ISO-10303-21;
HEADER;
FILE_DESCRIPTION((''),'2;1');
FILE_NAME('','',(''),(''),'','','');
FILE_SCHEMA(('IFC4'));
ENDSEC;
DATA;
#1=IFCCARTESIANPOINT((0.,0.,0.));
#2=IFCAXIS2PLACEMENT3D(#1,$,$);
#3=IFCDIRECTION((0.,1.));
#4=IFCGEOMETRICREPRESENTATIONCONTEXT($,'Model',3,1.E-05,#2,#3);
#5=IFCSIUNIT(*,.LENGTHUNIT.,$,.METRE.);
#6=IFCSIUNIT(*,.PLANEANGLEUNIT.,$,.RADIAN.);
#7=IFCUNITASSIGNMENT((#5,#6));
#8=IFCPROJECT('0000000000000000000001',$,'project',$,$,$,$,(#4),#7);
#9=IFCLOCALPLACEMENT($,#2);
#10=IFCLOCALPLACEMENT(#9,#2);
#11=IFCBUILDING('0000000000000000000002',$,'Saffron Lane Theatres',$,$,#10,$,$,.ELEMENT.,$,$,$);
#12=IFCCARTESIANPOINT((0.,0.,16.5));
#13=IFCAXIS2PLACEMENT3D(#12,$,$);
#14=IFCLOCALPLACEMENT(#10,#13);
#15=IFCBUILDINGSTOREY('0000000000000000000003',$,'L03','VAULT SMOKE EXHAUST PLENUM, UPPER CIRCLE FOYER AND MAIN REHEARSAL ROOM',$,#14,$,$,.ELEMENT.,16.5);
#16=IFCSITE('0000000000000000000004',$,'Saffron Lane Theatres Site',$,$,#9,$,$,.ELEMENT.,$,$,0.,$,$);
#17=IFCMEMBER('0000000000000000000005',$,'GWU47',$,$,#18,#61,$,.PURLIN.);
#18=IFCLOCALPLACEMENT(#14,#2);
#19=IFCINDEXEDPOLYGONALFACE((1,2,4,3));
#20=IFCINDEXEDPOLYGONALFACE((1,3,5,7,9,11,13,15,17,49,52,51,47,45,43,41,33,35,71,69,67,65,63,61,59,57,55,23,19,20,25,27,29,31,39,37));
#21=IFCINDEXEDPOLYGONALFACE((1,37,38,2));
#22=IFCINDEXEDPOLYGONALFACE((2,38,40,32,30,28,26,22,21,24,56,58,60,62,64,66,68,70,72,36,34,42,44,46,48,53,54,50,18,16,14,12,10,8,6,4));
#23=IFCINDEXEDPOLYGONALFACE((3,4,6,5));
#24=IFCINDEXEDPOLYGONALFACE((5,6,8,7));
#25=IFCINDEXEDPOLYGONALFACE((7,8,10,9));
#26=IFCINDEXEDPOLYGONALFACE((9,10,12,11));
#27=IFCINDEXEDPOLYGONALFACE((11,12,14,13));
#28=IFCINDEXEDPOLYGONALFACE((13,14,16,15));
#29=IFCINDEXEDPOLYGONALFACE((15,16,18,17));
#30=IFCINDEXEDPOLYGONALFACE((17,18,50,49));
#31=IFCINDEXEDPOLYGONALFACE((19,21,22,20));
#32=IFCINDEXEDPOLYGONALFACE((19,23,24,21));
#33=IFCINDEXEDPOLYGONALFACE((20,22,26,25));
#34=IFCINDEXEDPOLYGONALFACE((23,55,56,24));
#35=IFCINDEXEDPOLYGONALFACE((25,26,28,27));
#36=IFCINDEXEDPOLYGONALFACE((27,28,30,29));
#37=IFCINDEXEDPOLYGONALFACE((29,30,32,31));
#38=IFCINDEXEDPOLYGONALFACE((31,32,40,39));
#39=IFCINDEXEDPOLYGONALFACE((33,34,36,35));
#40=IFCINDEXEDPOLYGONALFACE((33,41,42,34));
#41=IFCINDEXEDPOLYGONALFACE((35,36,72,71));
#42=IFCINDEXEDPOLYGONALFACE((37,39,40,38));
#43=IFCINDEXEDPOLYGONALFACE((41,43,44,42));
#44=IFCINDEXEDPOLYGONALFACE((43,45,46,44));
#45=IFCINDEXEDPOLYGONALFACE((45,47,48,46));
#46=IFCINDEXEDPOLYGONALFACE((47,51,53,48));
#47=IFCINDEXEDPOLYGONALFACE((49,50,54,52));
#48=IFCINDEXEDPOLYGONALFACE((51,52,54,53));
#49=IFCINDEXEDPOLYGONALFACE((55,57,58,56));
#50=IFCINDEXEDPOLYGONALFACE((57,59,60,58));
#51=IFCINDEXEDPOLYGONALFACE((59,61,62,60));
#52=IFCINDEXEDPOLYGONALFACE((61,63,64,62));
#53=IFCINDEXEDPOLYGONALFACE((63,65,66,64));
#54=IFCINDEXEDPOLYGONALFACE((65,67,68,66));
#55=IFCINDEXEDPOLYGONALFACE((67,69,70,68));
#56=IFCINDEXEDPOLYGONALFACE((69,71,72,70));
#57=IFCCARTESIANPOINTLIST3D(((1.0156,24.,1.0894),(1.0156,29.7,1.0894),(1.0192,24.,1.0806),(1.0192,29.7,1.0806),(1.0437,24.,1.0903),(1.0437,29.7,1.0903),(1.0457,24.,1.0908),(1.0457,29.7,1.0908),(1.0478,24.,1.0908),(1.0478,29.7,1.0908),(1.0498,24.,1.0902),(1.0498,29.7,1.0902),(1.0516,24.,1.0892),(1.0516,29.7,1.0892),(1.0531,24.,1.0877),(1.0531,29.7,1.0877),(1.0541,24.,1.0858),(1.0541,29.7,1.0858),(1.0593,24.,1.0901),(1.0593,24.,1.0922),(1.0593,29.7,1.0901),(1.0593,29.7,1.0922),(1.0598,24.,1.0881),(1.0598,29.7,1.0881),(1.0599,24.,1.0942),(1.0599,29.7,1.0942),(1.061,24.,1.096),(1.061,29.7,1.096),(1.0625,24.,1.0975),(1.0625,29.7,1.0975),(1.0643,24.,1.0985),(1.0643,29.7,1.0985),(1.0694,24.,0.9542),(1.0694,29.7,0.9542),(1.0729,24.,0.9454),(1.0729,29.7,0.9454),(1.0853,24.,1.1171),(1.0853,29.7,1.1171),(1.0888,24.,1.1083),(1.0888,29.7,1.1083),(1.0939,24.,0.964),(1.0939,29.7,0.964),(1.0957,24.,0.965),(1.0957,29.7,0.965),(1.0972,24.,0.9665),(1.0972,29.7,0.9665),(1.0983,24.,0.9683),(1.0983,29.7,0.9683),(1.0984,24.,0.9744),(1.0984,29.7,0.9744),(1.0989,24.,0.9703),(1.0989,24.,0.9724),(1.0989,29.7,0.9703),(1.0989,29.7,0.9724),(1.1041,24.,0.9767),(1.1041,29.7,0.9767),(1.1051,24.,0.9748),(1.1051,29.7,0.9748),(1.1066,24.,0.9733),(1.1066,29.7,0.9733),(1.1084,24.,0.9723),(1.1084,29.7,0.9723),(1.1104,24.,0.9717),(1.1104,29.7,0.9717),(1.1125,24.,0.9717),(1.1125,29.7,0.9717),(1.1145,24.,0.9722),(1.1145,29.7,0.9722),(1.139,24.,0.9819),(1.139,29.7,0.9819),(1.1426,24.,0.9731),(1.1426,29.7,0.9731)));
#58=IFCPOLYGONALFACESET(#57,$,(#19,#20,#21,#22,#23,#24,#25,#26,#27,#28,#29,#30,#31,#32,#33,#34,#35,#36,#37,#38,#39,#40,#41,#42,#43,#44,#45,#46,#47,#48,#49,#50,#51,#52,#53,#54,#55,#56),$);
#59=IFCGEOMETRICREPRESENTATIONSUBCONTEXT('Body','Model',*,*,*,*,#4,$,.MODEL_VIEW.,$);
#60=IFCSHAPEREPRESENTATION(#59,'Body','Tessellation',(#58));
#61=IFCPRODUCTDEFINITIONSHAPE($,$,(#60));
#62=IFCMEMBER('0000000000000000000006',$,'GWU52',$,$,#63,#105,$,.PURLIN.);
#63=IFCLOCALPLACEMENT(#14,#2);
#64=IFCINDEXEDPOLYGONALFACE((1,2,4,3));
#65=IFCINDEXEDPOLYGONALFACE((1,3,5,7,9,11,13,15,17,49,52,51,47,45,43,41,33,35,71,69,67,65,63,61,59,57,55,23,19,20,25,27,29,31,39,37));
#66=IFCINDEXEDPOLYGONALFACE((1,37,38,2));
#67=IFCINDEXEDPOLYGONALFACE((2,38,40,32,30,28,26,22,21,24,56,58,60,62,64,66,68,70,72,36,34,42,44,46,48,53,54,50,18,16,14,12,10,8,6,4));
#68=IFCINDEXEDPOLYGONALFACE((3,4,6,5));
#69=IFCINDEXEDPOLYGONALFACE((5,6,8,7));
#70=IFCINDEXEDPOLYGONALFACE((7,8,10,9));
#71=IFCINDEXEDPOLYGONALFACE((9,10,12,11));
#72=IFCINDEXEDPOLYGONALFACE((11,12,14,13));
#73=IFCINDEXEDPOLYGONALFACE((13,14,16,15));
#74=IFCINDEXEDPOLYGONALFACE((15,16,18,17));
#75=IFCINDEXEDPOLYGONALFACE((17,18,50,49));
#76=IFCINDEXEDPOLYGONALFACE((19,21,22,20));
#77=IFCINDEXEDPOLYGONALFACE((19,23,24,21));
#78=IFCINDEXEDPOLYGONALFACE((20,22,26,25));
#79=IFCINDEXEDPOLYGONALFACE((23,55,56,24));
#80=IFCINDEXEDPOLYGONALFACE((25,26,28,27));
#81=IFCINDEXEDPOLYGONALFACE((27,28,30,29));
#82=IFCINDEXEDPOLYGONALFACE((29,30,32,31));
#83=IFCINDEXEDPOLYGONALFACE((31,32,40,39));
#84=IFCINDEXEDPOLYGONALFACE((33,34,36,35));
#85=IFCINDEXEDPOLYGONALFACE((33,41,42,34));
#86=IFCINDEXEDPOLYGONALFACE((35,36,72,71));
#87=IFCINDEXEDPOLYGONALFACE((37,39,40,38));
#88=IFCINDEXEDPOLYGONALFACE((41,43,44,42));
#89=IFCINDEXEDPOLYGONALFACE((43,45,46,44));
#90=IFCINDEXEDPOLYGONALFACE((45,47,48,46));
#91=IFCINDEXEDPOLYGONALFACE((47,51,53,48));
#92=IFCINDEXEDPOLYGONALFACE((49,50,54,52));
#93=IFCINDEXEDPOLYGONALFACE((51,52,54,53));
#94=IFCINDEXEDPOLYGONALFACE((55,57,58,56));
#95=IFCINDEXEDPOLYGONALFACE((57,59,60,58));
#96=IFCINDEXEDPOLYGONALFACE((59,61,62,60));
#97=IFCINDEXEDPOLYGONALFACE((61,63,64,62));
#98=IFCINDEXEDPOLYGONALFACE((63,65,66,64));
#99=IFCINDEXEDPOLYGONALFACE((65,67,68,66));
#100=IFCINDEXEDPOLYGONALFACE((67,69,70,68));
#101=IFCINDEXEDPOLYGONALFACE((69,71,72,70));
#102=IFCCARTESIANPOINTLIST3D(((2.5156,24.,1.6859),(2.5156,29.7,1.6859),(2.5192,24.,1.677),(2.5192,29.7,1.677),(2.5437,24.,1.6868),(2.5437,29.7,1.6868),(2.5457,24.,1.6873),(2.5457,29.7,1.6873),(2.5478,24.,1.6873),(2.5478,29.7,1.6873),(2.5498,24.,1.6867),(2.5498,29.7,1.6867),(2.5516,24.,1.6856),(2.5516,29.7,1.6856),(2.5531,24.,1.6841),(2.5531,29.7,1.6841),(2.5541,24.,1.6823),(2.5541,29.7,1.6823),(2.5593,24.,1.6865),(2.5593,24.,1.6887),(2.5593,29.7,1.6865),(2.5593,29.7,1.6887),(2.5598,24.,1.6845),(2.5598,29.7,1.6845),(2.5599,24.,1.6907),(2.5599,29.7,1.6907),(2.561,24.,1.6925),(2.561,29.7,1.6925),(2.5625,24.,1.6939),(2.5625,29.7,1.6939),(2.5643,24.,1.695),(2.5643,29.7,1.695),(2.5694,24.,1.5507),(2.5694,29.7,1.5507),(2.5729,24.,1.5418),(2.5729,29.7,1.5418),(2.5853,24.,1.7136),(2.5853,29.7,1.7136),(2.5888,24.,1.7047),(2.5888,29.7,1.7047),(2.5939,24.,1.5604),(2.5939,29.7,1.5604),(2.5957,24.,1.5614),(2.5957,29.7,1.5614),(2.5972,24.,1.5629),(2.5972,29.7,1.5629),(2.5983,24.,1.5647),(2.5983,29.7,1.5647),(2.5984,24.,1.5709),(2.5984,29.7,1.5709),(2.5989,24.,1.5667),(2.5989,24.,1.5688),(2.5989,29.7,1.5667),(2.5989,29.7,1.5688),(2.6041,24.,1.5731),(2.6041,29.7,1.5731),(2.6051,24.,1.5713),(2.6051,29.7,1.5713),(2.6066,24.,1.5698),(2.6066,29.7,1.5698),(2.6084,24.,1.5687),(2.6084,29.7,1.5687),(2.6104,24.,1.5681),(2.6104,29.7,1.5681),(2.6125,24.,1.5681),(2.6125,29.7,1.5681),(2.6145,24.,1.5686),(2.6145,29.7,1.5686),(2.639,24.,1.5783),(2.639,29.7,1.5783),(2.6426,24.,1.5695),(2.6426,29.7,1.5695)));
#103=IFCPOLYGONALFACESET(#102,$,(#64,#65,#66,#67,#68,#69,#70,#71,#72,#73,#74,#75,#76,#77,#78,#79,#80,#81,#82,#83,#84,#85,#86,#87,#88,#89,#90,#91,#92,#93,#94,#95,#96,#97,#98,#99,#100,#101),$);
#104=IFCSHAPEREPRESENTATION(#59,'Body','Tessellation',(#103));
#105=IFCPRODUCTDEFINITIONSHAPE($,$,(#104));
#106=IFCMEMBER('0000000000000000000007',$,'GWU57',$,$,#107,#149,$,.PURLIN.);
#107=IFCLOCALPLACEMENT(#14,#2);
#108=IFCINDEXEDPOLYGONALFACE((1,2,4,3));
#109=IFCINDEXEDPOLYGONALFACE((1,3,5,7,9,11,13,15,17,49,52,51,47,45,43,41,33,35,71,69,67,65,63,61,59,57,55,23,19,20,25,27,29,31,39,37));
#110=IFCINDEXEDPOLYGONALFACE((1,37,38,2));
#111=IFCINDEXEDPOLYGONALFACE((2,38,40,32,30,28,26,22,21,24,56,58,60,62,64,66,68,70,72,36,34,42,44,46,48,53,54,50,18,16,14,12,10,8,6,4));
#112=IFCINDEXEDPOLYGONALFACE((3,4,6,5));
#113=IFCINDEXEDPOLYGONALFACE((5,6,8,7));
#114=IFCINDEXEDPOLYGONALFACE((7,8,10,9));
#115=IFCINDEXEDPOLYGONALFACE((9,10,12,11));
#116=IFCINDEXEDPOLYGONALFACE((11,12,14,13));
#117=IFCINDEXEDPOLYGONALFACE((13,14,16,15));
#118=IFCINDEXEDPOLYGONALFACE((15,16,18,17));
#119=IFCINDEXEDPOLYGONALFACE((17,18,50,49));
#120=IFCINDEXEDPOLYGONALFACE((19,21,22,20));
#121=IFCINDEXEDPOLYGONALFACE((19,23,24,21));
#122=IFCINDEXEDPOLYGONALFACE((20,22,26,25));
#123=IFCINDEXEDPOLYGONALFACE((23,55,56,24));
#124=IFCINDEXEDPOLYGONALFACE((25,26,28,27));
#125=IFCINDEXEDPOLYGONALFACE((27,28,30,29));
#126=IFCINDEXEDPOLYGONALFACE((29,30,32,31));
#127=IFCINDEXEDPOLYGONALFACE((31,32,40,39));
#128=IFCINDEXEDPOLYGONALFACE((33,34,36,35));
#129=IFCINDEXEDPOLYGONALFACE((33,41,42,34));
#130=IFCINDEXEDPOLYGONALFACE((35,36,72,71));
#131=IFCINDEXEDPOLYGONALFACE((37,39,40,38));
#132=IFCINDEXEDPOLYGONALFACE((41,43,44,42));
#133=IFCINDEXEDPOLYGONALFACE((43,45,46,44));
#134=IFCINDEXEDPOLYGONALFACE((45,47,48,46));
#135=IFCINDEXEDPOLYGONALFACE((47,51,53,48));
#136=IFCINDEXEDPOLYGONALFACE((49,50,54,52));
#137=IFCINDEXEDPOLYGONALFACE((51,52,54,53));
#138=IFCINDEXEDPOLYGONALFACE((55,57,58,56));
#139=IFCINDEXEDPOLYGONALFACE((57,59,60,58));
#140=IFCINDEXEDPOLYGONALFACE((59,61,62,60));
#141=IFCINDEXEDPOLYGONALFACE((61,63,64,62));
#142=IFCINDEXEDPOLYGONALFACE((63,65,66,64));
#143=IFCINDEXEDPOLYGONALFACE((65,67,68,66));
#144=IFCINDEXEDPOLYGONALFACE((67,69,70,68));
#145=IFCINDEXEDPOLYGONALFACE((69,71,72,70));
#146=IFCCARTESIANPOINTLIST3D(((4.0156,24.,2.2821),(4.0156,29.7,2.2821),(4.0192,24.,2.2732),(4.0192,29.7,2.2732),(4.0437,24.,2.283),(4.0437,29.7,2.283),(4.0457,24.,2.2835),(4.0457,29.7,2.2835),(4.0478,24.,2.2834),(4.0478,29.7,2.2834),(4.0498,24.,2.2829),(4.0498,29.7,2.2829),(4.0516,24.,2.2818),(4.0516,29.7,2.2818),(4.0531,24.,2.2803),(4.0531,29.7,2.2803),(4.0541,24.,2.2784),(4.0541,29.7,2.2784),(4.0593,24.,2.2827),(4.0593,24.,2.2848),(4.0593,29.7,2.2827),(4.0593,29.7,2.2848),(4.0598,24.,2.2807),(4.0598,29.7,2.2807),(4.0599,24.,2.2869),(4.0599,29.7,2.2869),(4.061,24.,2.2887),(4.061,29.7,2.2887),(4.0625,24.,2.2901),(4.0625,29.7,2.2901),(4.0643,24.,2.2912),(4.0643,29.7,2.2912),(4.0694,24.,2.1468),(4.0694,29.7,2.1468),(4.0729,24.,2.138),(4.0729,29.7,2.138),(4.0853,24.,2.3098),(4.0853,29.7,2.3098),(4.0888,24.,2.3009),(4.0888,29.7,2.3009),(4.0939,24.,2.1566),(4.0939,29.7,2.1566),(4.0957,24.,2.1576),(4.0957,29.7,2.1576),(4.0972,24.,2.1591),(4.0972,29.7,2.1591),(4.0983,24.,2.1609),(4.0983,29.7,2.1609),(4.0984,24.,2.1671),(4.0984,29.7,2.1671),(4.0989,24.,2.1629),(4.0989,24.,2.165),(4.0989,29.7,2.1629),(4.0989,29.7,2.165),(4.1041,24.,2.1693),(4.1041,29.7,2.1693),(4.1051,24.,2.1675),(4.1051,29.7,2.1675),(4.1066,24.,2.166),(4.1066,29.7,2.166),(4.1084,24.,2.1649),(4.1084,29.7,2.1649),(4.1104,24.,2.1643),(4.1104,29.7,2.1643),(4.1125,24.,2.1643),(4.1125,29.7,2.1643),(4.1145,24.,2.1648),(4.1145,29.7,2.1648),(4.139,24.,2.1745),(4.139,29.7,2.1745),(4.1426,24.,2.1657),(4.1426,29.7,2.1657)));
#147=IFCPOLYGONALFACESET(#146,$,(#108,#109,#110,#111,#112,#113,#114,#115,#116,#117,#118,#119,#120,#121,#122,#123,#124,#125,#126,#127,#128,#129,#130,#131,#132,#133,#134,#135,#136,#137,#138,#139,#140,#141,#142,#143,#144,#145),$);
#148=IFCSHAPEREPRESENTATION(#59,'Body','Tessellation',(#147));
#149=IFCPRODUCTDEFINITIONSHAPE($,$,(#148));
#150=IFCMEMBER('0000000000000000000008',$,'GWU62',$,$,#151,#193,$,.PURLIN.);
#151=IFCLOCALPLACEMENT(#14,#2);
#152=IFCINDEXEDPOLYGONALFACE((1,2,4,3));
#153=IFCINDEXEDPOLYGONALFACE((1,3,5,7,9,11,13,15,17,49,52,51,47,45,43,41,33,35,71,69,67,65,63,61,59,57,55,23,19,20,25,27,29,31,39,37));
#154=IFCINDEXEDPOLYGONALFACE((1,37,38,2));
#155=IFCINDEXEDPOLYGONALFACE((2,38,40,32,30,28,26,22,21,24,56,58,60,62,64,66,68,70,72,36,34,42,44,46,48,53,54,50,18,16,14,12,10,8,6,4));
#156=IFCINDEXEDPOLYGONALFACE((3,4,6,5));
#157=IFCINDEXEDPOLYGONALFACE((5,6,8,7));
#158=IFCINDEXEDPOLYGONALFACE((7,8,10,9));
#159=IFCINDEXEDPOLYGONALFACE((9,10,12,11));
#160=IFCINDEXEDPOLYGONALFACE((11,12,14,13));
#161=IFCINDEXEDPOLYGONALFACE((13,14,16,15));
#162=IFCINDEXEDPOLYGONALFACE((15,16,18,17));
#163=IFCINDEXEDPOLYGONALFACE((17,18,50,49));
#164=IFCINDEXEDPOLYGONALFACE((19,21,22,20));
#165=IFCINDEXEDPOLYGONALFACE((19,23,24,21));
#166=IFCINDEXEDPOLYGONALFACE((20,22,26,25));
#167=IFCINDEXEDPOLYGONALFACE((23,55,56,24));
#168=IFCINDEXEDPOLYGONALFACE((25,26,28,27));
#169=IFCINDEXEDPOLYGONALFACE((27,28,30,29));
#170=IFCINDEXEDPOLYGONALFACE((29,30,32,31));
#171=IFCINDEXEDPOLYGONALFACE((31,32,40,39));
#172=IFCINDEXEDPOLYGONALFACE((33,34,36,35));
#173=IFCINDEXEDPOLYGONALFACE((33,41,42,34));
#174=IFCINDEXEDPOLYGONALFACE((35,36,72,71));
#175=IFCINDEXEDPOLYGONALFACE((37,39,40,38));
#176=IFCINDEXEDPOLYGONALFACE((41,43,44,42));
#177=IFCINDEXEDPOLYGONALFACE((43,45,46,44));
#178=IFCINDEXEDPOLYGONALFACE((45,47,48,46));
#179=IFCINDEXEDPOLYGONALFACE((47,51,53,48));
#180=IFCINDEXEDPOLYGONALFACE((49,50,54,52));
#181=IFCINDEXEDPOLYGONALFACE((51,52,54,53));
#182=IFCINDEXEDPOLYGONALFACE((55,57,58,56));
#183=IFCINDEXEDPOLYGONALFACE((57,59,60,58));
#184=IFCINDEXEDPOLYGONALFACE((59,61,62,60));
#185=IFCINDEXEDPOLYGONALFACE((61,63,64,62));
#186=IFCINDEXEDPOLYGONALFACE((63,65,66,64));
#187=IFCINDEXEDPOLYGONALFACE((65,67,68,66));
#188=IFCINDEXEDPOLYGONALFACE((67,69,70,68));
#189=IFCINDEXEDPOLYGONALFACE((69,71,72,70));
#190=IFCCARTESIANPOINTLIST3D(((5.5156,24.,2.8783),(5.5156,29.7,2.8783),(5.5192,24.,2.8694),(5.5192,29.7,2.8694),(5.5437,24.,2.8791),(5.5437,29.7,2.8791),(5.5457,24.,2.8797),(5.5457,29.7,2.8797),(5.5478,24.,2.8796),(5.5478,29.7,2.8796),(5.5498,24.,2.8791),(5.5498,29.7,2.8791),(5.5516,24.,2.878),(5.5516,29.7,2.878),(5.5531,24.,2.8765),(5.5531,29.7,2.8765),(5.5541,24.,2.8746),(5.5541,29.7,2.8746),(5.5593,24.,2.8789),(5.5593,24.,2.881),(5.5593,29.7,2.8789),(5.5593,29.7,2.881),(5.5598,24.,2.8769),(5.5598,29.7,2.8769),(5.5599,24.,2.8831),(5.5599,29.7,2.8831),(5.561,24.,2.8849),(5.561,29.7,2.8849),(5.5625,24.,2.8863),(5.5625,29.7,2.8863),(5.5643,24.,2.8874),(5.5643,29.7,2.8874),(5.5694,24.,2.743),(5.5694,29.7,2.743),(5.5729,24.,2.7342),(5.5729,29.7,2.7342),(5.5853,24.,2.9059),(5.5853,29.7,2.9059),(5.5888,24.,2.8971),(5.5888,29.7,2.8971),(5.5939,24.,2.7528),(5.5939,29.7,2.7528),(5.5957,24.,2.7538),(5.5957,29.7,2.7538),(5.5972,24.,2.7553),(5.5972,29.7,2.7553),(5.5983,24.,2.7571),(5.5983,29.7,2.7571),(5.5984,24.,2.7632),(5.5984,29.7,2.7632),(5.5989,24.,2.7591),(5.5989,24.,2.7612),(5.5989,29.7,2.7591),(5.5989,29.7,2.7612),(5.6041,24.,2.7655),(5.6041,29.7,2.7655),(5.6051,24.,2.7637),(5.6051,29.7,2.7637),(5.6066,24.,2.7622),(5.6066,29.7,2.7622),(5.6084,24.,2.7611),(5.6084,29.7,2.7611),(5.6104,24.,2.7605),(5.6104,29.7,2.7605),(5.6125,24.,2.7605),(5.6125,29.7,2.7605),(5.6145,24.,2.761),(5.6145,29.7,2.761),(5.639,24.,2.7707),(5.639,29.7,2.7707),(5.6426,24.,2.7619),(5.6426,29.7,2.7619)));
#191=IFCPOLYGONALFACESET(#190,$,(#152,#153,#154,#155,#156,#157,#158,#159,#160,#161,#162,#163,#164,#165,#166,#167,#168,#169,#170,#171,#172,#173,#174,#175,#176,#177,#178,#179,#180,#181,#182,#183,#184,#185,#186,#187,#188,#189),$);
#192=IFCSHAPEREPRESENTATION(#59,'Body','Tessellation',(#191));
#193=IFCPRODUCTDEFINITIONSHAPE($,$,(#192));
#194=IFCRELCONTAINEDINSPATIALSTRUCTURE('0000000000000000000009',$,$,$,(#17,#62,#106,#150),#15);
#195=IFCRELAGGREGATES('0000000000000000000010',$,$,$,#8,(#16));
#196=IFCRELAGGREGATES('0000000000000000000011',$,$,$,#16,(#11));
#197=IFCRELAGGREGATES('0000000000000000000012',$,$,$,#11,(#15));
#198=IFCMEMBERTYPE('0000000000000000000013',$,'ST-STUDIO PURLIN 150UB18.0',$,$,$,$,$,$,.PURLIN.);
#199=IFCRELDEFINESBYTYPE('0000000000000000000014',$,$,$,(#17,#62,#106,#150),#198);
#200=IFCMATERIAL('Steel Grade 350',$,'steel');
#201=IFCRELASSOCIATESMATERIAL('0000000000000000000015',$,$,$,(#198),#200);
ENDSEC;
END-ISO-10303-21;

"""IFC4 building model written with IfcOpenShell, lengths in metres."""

from ifc_helpers import new_model, si_unit, direction, frame, origin, origin_2d, place, context, subcontext, project, spatial, i_section, extrude, material, material_profile, profile_set, type_object, element, save


model = new_model("IFC4")

# Units and contexts
model_context = context("Model", 3, precision=1e-05, world=origin(), true_north=direction((0.0, 1.0)))
body_context = subcontext(model_context, "Body", "Model", "MODEL_VIEW")
ifc_project = project(units=[si_unit("LENGTHUNIT", "METRE"), si_unit("PLANEANGLEUNIT", "RADIAN")], contexts=[model_context])

# Site, building, storey
site_placement = place(None, origin())
site = spatial("IfcSite", under=ifc_project, at=site_placement, Name="Saffron Lane Theatres Site", CompositionType="ELEMENT", RefElevation=0.0)
building_placement = place(site_placement, origin())
building = spatial("IfcBuilding", under=site, at=building_placement, Name="Saffron Lane Theatres", CompositionType="ELEMENT")
storey_placement = place(building_placement, frame((0.0, 0.0, 16.5)))
storey = spatial("IfcBuildingStorey", under=building, at=storey_placement, Name="L03", Description="VAULT SMOKE EXHAUST PLENUM, UPPER CIRCLE FOYER AND MAIN REHEARSAL ROOM", CompositionType="ELEMENT", Elevation=16.5)

# Members
ifc_material_1 = material(Name="Steel Grade 350", Category="steel")
ifc_material_profile_1 = material_profile(ifc_material_1, i_section(OverallWidth=0.075, OverallDepth=0.155, WebThickness=0.0061, FlangeThickness=0.0095, FilletRadius=0.0081, at=origin_2d()))
ifc_profile_set_1 = profile_set([ifc_material_profile_1], Name="Steel Grade 350")
member_type_1 = type_object("IfcMemberType", Name="ST-STUDIO PURLIN 150UB18.0", PredefinedType="PURLIN", material=ifc_profile_set_1)
for number, where, z_axis, x_axis, name in (
    (1, (1.0791, 24.0, 1.0312), (0.0, 1.0, 0.0), (-0.929273, 0.0, -0.369393), "GWU47"),
    (2, (2.5791, 24.0, 1.6277), (0.0, 1.0, 0.0), (-0.929273, 0.0, -0.369393), "GWU52"),
    (3, (4.0791, 24.0, 2.2239), (0.0, 1.0, 0.0), (-0.929273, 0.0, -0.369393), "GWU57"),
    (4, (5.5791, 24.0, 2.8201), (0.0, 1.0, 0.0), (-0.929273, 0.0, -0.369393), "GWU62"),
):
    element("IfcMember", number, at=place(storey_placement, frame(where, z_axis=z_axis, x_axis=x_axis)), inside=storey, type_object=member_type_1, Name=name, PredefinedType="PURLIN", context=body_context, shape_type="SweptSolid", body=[
        extrude(i_section(OverallWidth=0.075, OverallDepth=0.155, WebThickness=0.0061, FlangeThickness=0.0095, FilletRadius=0.0081, at=origin_2d()), origin(), (0.0, 0.0, 1.0), 5.7),
    ])

save(model, "model.ifc")
